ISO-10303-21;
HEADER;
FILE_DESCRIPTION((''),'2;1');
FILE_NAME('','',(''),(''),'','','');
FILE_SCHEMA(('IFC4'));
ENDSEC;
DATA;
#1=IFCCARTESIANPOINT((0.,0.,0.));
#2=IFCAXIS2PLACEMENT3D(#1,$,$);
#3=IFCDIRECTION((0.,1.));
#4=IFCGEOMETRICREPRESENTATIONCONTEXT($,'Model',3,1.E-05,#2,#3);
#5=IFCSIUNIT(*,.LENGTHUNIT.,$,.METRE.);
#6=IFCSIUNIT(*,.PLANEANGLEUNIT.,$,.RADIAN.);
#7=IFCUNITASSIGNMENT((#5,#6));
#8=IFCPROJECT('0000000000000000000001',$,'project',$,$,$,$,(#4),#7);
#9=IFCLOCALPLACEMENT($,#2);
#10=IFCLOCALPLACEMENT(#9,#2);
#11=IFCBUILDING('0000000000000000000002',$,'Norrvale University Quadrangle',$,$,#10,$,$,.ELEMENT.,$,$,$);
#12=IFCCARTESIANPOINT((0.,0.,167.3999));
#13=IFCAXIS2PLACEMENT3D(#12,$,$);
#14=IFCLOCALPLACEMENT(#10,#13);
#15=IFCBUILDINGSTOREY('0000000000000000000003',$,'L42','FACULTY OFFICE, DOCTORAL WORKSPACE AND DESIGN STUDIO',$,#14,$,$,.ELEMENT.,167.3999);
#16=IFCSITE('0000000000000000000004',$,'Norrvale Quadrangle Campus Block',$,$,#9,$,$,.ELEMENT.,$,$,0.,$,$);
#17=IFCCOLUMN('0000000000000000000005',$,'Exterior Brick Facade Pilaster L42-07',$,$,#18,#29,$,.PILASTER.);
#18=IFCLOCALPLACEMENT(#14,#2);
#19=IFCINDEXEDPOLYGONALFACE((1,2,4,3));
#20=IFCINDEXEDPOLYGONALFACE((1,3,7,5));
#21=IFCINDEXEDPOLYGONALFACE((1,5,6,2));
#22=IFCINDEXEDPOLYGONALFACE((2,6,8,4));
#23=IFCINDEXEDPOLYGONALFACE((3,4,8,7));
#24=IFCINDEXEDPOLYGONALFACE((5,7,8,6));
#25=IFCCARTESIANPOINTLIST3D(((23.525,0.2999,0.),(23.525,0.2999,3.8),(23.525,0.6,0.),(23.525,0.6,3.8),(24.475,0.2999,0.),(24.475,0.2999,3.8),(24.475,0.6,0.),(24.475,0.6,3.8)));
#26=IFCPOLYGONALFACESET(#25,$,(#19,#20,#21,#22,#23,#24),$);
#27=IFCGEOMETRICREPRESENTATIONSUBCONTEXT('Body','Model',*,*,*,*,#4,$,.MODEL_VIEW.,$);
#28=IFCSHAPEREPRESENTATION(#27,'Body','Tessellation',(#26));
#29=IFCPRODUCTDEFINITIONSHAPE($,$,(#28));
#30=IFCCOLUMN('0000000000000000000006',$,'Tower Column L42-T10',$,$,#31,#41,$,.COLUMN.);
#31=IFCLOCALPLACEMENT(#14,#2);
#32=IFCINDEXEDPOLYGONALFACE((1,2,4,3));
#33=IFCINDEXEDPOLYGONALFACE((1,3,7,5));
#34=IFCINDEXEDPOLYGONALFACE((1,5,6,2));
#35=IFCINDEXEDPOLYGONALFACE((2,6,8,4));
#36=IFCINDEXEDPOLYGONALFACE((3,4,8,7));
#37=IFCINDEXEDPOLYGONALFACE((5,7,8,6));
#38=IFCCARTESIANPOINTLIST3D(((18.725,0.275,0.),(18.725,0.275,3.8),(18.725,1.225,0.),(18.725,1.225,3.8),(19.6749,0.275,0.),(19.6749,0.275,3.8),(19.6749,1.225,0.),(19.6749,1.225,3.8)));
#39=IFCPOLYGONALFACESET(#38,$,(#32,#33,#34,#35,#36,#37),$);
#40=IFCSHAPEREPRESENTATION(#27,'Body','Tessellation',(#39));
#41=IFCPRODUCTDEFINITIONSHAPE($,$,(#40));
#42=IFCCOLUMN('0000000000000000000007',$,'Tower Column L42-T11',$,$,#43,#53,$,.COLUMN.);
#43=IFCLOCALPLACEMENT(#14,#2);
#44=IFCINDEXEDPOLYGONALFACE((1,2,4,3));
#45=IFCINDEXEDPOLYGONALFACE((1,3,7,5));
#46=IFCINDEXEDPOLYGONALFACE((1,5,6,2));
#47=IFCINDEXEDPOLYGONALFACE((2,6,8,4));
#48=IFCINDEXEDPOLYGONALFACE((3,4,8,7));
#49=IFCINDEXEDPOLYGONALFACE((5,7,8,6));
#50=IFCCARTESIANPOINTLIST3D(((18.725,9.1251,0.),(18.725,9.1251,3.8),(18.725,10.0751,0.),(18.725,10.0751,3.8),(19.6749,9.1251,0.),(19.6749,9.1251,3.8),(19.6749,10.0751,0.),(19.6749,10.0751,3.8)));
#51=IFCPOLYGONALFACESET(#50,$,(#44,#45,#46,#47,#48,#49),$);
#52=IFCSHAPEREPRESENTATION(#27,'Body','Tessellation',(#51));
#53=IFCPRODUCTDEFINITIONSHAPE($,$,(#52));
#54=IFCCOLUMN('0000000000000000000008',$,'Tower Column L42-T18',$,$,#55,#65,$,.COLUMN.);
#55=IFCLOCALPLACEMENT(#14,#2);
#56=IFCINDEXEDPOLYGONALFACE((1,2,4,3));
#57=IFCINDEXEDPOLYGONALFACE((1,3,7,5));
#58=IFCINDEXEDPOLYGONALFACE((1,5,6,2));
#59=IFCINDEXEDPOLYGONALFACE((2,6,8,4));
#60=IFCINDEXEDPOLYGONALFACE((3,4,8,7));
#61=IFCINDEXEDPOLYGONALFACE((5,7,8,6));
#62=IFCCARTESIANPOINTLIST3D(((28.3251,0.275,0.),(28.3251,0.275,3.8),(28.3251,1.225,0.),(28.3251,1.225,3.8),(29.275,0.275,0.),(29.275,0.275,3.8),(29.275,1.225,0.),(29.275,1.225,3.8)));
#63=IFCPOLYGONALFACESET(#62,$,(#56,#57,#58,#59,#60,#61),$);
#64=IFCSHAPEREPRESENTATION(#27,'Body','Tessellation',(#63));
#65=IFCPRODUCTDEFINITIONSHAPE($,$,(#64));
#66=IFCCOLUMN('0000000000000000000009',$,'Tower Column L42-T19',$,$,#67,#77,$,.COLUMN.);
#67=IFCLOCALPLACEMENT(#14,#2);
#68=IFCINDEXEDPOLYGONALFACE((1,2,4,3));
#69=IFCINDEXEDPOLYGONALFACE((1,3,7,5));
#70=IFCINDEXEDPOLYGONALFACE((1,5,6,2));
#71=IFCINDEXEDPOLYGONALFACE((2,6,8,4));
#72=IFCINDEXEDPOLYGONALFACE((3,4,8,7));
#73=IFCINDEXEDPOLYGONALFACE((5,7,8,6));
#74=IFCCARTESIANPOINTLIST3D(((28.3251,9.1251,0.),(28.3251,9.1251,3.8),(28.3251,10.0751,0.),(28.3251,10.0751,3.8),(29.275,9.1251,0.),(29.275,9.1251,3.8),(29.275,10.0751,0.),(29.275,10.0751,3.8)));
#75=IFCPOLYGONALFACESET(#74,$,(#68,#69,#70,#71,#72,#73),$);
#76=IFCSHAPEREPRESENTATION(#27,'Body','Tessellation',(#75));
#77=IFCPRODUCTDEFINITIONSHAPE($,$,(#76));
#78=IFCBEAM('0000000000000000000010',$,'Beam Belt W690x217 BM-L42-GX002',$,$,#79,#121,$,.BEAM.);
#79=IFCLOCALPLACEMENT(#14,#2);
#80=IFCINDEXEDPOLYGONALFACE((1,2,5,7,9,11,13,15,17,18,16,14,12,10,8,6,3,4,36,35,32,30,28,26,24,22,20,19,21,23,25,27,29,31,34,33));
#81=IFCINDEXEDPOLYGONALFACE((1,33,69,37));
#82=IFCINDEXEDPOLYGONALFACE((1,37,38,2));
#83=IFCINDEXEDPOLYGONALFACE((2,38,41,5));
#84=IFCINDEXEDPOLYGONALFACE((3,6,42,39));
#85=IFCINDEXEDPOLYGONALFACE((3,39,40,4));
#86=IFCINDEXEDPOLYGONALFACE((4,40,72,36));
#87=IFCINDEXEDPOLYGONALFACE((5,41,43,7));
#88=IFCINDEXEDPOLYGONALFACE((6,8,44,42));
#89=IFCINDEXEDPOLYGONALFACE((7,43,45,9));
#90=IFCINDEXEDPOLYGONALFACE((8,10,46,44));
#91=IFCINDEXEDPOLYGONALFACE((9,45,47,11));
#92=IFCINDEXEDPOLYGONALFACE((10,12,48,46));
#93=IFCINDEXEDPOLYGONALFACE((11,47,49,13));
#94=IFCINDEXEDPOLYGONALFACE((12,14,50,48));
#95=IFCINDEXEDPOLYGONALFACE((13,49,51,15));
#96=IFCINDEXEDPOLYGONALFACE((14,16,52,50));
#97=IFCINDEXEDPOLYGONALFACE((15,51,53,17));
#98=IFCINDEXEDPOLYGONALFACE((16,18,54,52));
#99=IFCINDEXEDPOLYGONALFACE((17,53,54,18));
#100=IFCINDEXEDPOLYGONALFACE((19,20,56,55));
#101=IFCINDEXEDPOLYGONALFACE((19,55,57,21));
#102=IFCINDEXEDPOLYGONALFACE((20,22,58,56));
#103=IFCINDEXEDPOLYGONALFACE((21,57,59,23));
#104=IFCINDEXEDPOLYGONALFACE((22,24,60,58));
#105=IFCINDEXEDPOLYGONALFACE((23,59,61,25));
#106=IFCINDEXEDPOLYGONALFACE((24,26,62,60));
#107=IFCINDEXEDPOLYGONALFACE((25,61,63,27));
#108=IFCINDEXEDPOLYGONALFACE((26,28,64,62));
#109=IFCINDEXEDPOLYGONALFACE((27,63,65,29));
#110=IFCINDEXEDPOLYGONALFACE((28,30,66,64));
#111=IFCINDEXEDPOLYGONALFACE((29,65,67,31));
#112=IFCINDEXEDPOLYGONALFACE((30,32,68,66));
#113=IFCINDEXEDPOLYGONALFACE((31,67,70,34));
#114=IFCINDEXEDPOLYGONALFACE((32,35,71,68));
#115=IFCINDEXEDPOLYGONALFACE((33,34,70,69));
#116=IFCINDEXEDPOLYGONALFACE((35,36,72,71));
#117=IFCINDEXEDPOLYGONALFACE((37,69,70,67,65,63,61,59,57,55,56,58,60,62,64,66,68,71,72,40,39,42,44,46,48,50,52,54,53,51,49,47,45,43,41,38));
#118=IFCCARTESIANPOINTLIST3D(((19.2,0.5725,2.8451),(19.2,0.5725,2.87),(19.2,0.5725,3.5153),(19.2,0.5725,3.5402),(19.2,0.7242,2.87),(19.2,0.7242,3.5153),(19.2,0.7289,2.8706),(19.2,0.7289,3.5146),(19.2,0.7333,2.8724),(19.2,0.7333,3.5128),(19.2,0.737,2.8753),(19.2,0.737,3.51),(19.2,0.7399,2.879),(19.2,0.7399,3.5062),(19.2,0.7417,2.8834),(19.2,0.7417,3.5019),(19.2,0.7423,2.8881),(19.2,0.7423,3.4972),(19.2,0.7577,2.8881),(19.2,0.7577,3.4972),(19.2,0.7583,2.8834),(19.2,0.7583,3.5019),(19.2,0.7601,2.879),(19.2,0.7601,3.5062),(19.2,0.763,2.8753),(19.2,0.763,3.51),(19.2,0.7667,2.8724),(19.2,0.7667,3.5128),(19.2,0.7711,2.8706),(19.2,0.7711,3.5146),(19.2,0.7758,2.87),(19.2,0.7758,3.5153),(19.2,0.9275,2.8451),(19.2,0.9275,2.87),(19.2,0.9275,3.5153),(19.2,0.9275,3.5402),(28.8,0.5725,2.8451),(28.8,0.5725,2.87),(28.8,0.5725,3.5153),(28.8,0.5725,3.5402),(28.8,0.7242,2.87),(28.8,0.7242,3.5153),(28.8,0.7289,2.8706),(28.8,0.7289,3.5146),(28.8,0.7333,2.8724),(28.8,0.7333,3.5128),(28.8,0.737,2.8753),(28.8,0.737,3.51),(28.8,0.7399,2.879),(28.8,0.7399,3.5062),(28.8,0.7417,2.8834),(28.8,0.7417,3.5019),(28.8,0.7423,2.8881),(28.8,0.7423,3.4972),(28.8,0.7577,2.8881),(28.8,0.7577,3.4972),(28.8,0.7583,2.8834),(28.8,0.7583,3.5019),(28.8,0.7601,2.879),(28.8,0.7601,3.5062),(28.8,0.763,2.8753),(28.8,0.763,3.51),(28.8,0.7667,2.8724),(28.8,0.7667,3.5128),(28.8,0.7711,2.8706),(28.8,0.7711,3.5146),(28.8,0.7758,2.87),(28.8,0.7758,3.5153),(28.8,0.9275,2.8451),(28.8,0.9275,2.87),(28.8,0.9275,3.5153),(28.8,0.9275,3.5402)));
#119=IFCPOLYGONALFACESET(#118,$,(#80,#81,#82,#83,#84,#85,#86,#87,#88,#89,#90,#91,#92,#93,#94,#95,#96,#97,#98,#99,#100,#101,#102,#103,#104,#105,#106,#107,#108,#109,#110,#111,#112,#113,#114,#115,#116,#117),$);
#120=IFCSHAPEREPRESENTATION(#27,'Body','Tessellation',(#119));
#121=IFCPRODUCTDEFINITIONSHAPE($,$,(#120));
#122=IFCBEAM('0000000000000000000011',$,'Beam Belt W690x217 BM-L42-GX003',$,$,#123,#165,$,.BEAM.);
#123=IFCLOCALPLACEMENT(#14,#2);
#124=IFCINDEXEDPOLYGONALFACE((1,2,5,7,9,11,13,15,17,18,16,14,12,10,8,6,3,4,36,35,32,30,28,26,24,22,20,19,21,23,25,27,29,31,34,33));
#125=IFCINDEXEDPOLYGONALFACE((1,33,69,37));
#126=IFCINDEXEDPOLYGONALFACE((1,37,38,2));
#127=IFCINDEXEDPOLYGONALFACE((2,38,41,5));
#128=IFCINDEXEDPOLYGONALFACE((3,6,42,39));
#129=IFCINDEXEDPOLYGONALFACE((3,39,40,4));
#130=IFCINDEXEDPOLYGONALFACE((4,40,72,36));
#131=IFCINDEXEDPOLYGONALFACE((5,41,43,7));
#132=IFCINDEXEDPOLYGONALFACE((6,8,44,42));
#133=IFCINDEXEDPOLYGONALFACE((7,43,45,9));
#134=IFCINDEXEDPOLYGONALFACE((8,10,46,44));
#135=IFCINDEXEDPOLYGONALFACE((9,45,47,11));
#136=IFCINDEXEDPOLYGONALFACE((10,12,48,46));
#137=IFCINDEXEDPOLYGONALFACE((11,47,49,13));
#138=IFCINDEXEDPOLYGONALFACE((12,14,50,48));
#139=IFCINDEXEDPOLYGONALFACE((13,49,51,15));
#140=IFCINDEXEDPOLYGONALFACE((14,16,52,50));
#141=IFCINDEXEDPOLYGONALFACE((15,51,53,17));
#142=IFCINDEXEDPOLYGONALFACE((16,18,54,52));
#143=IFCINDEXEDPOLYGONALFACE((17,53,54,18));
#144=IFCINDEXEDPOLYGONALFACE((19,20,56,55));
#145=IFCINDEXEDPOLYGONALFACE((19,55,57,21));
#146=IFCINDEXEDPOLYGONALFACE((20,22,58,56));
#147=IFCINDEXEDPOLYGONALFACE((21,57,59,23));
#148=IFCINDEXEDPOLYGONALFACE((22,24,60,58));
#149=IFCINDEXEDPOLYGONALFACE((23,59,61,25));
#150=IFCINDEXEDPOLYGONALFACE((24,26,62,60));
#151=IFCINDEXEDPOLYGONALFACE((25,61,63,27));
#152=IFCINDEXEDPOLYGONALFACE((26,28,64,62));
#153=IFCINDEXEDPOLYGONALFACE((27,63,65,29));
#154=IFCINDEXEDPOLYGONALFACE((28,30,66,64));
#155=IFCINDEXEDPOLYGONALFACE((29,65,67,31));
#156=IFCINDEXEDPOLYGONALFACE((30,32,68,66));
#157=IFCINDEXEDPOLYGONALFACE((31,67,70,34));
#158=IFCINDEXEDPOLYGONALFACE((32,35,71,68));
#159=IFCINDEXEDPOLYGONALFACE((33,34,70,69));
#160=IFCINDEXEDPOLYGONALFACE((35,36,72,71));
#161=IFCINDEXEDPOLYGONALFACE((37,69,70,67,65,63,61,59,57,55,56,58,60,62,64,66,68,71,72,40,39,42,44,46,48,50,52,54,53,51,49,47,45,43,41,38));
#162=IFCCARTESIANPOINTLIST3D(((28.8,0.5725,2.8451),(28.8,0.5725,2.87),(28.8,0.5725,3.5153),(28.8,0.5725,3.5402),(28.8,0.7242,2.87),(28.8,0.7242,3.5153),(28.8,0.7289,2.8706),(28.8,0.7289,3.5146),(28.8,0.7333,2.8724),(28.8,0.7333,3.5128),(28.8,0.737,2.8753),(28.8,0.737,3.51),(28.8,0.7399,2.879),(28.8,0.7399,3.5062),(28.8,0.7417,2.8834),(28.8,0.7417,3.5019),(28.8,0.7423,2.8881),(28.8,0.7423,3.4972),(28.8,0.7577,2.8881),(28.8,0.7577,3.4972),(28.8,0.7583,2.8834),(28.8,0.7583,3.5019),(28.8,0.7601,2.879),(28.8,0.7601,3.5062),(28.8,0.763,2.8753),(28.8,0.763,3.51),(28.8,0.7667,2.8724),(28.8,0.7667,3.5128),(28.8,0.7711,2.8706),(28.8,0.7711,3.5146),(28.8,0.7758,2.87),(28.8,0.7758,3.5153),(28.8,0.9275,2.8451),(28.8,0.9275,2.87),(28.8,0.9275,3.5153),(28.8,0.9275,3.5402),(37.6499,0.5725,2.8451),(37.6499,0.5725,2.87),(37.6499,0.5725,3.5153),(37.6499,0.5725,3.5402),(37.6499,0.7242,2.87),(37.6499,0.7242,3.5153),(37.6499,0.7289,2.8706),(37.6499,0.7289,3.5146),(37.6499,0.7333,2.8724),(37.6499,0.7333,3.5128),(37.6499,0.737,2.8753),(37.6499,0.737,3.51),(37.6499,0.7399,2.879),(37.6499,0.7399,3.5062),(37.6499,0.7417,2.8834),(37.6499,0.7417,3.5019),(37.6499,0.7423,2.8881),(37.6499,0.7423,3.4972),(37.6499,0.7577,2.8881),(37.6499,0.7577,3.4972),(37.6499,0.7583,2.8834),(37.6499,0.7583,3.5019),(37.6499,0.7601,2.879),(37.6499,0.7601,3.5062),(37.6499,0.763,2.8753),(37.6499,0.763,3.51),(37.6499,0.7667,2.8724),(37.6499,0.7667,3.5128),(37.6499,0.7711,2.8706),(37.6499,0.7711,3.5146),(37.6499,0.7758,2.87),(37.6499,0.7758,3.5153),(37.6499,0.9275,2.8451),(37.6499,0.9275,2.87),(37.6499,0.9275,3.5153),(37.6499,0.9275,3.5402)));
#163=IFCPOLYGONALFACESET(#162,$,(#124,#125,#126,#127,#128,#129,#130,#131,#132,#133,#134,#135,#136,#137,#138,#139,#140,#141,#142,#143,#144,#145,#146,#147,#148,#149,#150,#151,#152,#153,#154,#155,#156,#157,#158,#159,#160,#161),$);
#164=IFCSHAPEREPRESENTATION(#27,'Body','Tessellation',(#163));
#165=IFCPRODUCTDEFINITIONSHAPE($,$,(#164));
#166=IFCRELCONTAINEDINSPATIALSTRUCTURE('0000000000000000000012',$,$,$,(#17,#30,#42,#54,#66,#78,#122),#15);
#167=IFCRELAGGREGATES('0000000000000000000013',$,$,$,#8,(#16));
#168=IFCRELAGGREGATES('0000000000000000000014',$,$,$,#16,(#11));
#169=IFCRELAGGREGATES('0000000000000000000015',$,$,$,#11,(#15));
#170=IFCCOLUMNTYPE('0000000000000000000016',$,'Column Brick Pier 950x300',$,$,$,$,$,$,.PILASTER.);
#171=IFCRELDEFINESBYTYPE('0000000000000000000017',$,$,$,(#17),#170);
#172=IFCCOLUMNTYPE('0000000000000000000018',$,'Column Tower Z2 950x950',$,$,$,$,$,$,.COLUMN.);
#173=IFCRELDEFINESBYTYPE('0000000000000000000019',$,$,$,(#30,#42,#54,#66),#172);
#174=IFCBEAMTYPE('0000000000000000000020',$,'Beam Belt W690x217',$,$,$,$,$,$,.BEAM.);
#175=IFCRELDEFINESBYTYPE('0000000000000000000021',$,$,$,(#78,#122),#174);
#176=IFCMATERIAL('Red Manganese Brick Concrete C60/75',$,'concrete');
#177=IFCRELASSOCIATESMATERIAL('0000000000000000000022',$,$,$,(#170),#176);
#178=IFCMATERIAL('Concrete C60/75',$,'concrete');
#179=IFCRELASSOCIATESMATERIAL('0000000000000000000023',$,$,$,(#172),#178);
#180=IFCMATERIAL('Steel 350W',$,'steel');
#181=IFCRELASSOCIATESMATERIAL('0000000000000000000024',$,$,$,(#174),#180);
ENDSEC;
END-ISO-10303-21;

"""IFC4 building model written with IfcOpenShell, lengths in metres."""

from ifc_helpers import new_model, si_unit, direction, frame, origin, origin_2d, place, context, subcontext, project, spatial, rectangle, i_section, extrude, material, material_profile, profile_set, type_object, element, save


model = new_model("IFC4")

# Units and contexts
model_context = context("Model", 3, precision=1e-05, world=origin(), true_north=direction((0.0, 1.0)))
body_context = subcontext(model_context, "Body", "Model", "MODEL_VIEW")
ifc_project = project(units=[si_unit("LENGTHUNIT", "METRE"), si_unit("PLANEANGLEUNIT", "RADIAN")], contexts=[model_context])

# Site, building, storey
site_placement = place(None, origin())
site = spatial("IfcSite", under=ifc_project, at=site_placement, Name="Norrvale Quadrangle Campus Block", CompositionType="ELEMENT", RefElevation=0.0)
building_placement = place(site_placement, origin())
building = spatial("IfcBuilding", under=site, at=building_placement, Name="Norrvale University Quadrangle", CompositionType="ELEMENT")
storey_placement = place(building_placement, frame((0.0, 0.0, 167.3999)))
storey = spatial("IfcBuildingStorey", under=building, at=storey_placement, Name="L42", Description="FACULTY OFFICE, DOCTORAL WORKSPACE AND DESIGN STUDIO", CompositionType="ELEMENT", Elevation=167.3999)

# Columns
ifc_material_1 = material(Name="Red Manganese Brick Concrete C60/75", Category="concrete")
ifc_material_profile_1 = material_profile(ifc_material_1, rectangle(XDim=0.95, YDim=0.3, at=origin_2d()), Name="Red Manganese Brick Concrete C60/75")
ifc_profile_set_1 = profile_set([ifc_material_profile_1], Name="Red Manganese Brick Concrete C60/75")
column_type_1 = type_object("IfcColumnType", Name="Column Brick Pier 950x300", PredefinedType="PILASTER", material=ifc_profile_set_1)
column_placement = place(storey_placement, frame((24.0, 0.45, 0.0), z_axis=(0.0, 0.0, 1.0), x_axis=(1.0, 0.0, 0.0)))
element("IfcColumn", 1, at=column_placement, inside=storey, type_object=column_type_1, Name="Exterior Brick Facade Pilaster L42-07", PredefinedType="PILASTER", context=body_context, shape_type="SweptSolid", body=[
    extrude(rectangle(XDim=0.95, YDim=0.3, at=origin_2d()), origin(), (0.0, 0.0, 1.0), 3.8),
])
ifc_material_2 = material(Name="Concrete C60/75", Category="concrete")
ifc_material_profile_2 = material_profile(ifc_material_2, rectangle(XDim=0.95, YDim=0.95, at=origin_2d()), Name="Concrete C60/75")
ifc_profile_set_2 = profile_set([ifc_material_profile_2], Name="Concrete C60/75")
column_type_2 = type_object("IfcColumnType", Name="Column Tower Z2 950x950", PredefinedType="COLUMN", material=ifc_profile_set_2)
for number, where, z_axis, x_axis, name in (
    (2, (19.2, 0.75, 0.0), (0.0, 0.0, 1.0), (1.0, 0.0, 0.0), "Tower Column L42-T10"),
    (3, (19.2, 9.6001, 0.0), (0.0, 0.0, 1.0), (1.0, 0.0, 0.0), "Tower Column L42-T11"),
    (4, (28.8, 0.75, 0.0), (0.0, 0.0, 1.0), (1.0, 0.0, 0.0), "Tower Column L42-T18"),
    (5, (28.8, 9.6001, 0.0), (0.0, 0.0, 1.0), (1.0, 0.0, 0.0), "Tower Column L42-T19"),
):
    element("IfcColumn", number, at=place(storey_placement, frame(where, z_axis=z_axis, x_axis=x_axis)), inside=storey, type_object=column_type_2, Name=name, PredefinedType="COLUMN", context=body_context, shape_type="SweptSolid", body=[
        extrude(rectangle(XDim=0.95, YDim=0.95, at=origin_2d()), origin(), (0.0, 0.0, 1.0), 3.8),
    ])

# Beams
ifc_material_3 = material(Name="Steel 350W", Category="steel")
ifc_material_profile_3 = material_profile(ifc_material_3, i_section(OverallWidth=0.355, OverallDepth=0.6951, WebThickness=0.0154, FlangeThickness=0.0249, FilletRadius=0.0181, at=origin_2d()), Name="Steel 350W")
ifc_profile_set_3 = profile_set([ifc_material_profile_3], Name="Steel 350W")
beam_type_1 = type_object("IfcBeamType", Name="Beam Belt W690x217", PredefinedType="BEAM", material=ifc_profile_set_3)
beam_1_placement = place(storey_placement, frame((19.2, 0.75, 3.1926), z_axis=(1.0, 0.0, 0.0), x_axis=(0.0, 1.0, 0.0)))
element("IfcBeam", 6, at=beam_1_placement, inside=storey, type_object=beam_type_1, Name="Beam Belt W690x217 BM-L42-GX002", PredefinedType="BEAM", context=body_context, shape_type="SweptSolid", body=[
    extrude(i_section(OverallWidth=0.355, OverallDepth=0.6951, WebThickness=0.0154, FlangeThickness=0.0249, FilletRadius=0.0181, at=origin_2d()), origin(), (0.0, 0.0, 1.0), 9.6001),
])
beam_2_placement = place(storey_placement, frame((28.8, 0.75, 3.1926), z_axis=(1.0, 0.0, 0.0), x_axis=(0.0, 1.0, 0.0)))
element("IfcBeam", 7, at=beam_2_placement, inside=storey, type_object=beam_type_1, Name="Beam Belt W690x217 BM-L42-GX003", PredefinedType="BEAM", context=body_context, shape_type="SweptSolid", body=[
    extrude(i_section(OverallWidth=0.355, OverallDepth=0.6951, WebThickness=0.0154, FlangeThickness=0.0249, FilletRadius=0.0181, at=origin_2d()), origin(), (0.0, 0.0, 1.0), 8.8499),
])

save(model, "model.ifc")
